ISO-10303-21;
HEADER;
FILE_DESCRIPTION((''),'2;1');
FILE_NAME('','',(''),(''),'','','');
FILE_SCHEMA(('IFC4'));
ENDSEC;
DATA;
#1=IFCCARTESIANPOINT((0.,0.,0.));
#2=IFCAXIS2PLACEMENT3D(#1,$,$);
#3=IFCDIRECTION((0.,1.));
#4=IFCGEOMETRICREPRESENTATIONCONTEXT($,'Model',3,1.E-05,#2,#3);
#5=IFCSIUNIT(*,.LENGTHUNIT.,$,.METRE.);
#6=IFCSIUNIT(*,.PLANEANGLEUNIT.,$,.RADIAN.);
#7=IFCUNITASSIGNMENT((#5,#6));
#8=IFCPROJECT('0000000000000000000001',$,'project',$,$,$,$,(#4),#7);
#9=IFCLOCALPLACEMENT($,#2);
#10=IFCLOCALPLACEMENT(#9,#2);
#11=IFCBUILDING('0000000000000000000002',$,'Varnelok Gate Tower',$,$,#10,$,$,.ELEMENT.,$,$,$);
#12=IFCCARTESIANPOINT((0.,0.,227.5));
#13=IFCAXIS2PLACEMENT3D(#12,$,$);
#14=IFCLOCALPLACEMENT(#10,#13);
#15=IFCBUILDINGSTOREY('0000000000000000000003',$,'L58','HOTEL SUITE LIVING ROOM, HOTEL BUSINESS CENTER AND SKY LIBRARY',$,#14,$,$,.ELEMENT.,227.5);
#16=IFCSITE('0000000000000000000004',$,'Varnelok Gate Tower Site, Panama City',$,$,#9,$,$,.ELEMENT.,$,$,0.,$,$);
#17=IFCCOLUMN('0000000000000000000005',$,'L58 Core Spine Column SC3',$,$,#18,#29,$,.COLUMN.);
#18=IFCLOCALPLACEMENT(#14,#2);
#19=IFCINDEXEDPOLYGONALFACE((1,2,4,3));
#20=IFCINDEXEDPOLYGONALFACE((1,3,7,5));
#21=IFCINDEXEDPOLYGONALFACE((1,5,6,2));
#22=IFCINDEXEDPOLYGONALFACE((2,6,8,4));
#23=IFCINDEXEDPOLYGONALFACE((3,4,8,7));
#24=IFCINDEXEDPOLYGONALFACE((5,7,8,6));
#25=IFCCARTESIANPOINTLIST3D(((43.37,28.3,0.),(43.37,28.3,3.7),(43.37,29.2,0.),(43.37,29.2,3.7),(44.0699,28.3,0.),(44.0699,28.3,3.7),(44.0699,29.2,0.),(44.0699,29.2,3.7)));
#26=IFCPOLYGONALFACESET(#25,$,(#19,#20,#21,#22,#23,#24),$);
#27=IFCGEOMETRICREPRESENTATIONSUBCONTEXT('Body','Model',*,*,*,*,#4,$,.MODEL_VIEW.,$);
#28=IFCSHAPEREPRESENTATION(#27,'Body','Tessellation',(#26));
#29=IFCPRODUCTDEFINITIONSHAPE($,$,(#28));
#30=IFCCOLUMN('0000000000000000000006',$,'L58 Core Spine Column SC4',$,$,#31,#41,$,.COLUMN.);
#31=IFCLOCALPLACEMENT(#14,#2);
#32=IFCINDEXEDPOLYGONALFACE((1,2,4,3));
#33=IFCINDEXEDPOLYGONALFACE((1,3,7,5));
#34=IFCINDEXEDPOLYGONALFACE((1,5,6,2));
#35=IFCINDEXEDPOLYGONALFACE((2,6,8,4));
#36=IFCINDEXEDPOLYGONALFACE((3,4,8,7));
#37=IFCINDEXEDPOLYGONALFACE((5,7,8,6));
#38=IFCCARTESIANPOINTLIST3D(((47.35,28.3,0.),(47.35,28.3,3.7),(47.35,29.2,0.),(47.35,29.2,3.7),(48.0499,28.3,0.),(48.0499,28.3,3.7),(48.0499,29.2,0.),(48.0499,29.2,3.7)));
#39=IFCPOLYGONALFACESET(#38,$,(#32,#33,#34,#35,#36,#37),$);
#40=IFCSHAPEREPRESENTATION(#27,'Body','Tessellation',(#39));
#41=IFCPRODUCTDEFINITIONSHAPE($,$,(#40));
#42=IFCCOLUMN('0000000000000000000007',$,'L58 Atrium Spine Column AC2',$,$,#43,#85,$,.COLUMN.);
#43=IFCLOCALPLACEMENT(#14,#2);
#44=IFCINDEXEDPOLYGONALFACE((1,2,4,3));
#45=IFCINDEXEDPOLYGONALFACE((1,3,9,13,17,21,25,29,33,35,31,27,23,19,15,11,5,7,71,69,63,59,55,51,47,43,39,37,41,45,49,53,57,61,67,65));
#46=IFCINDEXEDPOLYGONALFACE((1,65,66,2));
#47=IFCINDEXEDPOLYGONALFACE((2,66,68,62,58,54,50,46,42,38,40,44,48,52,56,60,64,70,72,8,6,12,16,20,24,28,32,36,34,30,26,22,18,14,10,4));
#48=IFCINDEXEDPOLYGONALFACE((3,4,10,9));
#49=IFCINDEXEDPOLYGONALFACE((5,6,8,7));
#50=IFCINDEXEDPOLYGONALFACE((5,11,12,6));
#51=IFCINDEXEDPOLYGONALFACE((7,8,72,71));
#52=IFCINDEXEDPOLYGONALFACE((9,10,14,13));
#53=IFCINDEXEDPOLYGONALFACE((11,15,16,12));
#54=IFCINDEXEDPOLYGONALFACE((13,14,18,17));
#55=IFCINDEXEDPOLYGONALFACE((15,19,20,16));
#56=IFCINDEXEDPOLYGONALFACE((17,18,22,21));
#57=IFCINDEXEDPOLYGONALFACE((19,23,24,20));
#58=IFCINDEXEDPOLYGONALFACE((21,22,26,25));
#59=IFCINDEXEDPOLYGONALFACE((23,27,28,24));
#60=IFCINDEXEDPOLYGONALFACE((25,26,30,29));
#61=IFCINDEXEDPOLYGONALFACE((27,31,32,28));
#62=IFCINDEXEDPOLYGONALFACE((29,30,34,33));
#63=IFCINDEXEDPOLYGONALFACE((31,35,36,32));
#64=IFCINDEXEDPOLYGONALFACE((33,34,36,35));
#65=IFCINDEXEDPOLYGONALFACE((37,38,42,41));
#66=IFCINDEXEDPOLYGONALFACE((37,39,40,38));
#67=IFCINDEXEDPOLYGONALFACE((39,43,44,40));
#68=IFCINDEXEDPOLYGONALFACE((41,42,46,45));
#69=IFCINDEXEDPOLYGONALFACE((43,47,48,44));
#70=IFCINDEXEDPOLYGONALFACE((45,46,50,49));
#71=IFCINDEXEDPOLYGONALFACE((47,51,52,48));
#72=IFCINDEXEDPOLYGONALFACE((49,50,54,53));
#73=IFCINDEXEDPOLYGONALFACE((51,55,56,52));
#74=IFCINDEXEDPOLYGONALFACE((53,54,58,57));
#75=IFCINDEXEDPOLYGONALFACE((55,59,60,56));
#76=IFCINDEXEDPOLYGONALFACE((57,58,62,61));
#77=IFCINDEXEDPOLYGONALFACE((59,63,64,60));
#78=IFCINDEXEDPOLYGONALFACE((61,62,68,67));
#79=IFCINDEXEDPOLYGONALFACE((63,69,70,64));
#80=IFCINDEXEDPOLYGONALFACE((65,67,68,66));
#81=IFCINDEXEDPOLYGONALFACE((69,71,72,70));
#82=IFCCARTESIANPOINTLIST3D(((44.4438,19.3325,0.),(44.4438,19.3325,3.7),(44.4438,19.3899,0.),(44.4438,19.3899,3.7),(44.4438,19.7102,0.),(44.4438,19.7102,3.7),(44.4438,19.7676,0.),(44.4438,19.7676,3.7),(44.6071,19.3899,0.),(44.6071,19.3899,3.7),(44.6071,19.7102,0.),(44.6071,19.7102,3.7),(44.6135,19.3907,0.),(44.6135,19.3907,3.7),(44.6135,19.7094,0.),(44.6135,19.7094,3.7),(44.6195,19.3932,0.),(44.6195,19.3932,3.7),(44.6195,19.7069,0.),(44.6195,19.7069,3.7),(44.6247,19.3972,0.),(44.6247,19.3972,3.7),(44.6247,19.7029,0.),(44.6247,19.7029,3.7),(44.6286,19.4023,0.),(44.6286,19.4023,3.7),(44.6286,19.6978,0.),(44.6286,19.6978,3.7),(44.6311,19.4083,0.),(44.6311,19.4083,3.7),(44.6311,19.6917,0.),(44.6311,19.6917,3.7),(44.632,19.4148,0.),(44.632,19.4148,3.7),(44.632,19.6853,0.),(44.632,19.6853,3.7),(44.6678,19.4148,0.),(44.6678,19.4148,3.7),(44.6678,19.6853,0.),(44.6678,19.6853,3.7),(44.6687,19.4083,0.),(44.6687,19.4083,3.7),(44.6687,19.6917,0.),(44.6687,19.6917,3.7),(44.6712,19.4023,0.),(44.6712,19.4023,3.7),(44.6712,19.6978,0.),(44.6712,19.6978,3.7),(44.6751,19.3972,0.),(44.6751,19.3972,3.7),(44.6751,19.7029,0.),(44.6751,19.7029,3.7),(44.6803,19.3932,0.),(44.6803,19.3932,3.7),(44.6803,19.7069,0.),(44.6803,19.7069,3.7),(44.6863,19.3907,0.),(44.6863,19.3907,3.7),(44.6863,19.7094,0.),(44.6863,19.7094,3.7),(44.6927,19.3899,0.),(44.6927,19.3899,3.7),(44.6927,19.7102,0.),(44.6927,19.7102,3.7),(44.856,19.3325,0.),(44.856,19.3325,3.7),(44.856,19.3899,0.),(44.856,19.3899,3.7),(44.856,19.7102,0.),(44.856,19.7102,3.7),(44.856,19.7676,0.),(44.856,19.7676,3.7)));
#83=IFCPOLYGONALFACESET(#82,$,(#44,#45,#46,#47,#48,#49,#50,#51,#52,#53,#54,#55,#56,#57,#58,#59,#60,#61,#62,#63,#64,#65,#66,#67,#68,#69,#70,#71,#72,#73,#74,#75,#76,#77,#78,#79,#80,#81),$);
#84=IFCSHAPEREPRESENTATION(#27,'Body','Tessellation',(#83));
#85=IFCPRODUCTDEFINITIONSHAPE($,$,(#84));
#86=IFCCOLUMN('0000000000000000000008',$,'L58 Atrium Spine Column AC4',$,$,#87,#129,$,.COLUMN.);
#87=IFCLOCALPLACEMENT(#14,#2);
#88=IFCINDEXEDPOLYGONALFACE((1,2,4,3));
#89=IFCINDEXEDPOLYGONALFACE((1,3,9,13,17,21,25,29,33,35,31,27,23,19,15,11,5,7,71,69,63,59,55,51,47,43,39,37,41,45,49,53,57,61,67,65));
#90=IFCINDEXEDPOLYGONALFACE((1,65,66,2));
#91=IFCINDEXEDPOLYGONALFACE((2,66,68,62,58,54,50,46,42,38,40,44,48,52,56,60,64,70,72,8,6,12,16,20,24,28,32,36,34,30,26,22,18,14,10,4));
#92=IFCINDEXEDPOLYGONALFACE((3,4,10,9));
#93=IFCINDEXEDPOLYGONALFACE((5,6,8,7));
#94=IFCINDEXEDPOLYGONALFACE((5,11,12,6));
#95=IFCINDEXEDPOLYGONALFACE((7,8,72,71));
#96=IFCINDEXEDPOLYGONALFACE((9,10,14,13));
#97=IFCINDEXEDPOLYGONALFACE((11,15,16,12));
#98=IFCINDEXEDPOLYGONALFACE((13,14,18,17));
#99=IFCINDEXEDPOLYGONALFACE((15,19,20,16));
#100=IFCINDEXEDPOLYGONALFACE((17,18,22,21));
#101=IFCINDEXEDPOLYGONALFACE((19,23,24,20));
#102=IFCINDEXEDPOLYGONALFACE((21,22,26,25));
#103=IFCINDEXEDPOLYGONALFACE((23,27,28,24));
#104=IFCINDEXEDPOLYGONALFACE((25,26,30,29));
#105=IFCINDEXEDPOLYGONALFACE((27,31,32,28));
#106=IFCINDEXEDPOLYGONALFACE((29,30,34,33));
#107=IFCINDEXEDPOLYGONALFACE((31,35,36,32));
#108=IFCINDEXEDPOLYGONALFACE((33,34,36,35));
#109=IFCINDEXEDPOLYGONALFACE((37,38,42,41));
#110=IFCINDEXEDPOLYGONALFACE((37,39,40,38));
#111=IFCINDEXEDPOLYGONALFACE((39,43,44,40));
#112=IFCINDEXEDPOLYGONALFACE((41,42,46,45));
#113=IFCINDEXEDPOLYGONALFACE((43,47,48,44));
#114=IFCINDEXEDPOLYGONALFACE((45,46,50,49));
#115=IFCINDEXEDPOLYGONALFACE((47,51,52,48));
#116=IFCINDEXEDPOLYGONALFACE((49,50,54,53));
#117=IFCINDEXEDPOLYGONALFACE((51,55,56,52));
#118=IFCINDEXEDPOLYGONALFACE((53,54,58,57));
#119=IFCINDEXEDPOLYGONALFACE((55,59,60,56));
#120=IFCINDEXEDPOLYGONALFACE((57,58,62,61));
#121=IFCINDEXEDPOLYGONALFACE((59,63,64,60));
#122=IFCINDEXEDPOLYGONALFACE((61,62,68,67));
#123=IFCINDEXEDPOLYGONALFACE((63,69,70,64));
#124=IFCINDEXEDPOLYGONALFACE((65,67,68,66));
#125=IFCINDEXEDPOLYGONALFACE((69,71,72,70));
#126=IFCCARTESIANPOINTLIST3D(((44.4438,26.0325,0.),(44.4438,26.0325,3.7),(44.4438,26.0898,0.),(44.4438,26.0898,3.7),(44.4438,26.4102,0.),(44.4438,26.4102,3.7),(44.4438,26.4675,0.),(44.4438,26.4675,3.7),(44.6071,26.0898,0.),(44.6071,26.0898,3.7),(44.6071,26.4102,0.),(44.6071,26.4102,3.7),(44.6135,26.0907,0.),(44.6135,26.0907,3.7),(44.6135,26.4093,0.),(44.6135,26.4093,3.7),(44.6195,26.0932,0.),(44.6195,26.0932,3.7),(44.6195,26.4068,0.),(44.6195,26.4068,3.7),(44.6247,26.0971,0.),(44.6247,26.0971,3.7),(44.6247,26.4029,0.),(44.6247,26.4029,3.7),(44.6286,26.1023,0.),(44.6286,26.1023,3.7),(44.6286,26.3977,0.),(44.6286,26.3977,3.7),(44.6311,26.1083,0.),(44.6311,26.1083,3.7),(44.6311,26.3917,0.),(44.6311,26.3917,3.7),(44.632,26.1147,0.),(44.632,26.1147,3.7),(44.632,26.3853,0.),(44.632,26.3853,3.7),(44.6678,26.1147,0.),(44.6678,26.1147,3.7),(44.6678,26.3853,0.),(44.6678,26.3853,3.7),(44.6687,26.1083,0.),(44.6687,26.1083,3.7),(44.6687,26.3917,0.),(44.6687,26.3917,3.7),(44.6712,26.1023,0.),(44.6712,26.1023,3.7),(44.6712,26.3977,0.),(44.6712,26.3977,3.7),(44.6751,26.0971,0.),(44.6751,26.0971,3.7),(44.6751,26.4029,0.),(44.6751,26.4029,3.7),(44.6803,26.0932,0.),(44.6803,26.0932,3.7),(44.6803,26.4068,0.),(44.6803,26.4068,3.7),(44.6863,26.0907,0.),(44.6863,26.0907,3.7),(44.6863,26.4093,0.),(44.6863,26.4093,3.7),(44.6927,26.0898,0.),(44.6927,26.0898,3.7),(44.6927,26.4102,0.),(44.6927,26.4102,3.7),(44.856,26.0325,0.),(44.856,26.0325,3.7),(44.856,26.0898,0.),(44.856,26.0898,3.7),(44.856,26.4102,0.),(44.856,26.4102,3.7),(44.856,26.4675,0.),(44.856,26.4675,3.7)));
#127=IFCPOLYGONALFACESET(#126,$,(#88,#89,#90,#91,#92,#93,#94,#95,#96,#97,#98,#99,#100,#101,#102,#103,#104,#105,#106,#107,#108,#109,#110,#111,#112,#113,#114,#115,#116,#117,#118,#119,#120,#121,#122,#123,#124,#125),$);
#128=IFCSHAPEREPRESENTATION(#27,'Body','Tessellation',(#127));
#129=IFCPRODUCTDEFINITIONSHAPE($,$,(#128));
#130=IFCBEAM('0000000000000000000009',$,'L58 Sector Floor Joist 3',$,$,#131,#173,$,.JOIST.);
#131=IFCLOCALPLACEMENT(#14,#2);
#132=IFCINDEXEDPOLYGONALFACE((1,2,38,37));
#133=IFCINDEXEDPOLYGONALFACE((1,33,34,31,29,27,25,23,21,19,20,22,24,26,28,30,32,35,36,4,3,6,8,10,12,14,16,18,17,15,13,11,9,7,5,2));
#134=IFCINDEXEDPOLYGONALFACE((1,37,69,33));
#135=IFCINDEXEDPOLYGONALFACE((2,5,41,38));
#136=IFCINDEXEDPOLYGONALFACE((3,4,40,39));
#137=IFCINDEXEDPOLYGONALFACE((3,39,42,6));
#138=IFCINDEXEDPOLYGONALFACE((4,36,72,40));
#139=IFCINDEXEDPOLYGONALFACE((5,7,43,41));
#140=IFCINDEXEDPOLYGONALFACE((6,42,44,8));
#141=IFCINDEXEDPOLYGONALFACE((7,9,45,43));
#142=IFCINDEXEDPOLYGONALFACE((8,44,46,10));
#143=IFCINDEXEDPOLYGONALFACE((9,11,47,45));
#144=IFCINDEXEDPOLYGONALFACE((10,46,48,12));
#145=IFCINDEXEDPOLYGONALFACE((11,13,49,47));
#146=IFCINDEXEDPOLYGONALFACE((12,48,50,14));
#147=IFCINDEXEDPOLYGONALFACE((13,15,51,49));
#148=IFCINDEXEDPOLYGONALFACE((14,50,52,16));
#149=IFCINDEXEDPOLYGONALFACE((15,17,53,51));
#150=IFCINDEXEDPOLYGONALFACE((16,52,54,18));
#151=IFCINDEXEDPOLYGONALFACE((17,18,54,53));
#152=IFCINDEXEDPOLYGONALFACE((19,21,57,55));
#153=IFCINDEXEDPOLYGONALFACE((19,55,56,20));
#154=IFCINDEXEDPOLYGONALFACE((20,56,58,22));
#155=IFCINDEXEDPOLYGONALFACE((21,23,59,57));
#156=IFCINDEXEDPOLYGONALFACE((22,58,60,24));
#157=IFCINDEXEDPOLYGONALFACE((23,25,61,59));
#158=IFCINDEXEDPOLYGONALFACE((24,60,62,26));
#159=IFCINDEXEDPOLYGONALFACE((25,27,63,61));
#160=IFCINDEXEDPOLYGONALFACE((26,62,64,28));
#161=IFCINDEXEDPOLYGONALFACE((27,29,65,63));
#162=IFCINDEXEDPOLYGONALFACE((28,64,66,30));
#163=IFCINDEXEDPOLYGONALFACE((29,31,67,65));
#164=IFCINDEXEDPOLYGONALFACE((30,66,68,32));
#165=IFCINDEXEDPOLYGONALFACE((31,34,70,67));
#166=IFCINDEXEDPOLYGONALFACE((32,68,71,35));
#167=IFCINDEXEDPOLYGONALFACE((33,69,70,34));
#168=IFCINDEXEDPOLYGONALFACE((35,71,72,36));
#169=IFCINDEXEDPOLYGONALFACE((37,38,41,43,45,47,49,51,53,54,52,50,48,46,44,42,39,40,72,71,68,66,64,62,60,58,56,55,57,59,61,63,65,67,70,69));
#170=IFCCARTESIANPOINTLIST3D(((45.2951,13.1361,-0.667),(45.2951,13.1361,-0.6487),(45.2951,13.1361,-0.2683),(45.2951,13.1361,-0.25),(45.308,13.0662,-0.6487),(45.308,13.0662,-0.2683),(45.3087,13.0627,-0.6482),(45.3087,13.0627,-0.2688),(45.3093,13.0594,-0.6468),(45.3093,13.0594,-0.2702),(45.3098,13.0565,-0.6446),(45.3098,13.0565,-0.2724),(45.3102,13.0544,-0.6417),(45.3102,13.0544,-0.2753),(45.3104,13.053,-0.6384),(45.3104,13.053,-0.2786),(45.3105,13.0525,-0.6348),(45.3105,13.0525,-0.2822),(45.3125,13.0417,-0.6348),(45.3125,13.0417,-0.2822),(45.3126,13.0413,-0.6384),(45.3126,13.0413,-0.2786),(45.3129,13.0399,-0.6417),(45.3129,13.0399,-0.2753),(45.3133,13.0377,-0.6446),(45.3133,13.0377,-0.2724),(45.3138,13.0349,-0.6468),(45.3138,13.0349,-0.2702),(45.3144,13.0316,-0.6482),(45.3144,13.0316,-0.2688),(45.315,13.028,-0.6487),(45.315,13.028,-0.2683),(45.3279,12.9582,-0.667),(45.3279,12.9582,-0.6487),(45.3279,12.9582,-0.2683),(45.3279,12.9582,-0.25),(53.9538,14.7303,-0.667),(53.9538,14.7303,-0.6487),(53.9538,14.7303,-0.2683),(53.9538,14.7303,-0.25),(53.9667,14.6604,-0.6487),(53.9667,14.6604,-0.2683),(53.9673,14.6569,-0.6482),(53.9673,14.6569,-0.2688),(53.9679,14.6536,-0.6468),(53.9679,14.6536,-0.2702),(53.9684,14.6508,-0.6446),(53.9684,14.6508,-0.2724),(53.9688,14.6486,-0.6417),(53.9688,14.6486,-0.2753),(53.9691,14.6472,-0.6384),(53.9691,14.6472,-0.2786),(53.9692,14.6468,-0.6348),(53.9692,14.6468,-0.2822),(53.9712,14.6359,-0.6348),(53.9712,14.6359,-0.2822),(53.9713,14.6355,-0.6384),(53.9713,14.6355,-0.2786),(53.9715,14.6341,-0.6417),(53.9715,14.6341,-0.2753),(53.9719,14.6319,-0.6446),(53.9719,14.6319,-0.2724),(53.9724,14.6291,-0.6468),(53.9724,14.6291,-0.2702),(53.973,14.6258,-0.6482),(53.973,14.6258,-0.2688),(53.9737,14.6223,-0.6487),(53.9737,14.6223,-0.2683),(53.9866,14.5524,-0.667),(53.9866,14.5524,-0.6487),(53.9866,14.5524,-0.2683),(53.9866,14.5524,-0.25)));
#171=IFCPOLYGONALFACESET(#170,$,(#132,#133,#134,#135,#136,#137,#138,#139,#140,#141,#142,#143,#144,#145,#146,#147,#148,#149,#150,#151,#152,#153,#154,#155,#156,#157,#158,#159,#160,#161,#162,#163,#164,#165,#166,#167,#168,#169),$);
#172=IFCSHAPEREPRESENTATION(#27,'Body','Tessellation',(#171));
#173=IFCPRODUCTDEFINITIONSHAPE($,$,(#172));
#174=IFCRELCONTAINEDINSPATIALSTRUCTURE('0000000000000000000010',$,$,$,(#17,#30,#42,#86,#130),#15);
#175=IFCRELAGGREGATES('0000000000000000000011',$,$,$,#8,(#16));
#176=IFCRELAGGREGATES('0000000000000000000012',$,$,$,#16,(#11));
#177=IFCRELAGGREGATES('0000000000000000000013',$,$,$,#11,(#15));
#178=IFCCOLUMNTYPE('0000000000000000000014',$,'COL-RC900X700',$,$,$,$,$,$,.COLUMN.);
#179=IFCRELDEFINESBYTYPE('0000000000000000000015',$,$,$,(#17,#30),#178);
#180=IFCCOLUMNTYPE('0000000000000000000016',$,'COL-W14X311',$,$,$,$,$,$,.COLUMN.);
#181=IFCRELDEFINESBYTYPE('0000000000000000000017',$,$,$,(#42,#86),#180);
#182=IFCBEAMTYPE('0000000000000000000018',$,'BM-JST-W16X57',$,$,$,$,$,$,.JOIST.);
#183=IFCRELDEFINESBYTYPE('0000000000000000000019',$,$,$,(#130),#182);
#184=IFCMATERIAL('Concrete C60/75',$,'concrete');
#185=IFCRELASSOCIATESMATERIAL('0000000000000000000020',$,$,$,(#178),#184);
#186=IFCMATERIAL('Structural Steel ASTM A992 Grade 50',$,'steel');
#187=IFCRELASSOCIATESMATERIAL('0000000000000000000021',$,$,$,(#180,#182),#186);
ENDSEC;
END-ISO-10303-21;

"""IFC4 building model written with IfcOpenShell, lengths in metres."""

from ifc_helpers import new_model, si_unit, direction, frame, origin, origin_2d, place, context, subcontext, project, spatial, rectangle, i_section, extrude, material, material_profile, profile_set, type_object, element, save


model = new_model("IFC4")

# Units and contexts
model_context = context("Model", 3, precision=1e-05, world=origin(), true_north=direction((0.0, 1.0)))
body_context = subcontext(model_context, "Body", "Model", "MODEL_VIEW")
ifc_project = project(units=[si_unit("LENGTHUNIT", "METRE"), si_unit("PLANEANGLEUNIT", "RADIAN")], contexts=[model_context])

# Site, building, storey
site_placement = place(None, origin())
site = spatial("IfcSite", under=ifc_project, at=site_placement, Name="Varnelok Gate Tower Site, Panama City", CompositionType="ELEMENT", RefElevation=0.0)
building_placement = place(site_placement, origin())
building = spatial("IfcBuilding", under=site, at=building_placement, Name="Varnelok Gate Tower", CompositionType="ELEMENT")
storey_placement = place(building_placement, frame((0.0, 0.0, 227.5)))
storey = spatial("IfcBuildingStorey", under=building, at=storey_placement, Name="L58", Description="HOTEL SUITE LIVING ROOM, HOTEL BUSINESS CENTER AND SKY LIBRARY", CompositionType="ELEMENT", Elevation=227.5)

# Columns
ifc_material_1 = material(Name="Concrete C60/75", Category="concrete")
ifc_material_profile_1 = material_profile(ifc_material_1, rectangle(XDim=0.7, YDim=0.8999, at=origin_2d()), Name="RC900X700")
ifc_profile_set_1 = profile_set([ifc_material_profile_1], Name="Concrete C60/75")
column_type_1 = type_object("IfcColumnType", Name="COL-RC900X700", PredefinedType="COLUMN", material=ifc_profile_set_1)
for number, where, z_axis, x_axis, name in (
    (1, (43.72, 28.75, 0.0), (0.0, 0.0, 1.0), (1.0, 0.0, 0.0), "L58 Core Spine Column SC3"),
    (2, (47.7, 28.75, 0.0), (0.0, 0.0, 1.0), (1.0, 0.0, 0.0), "L58 Core Spine Column SC4"),
):
    element("IfcColumn", number, at=place(storey_placement, frame(where, z_axis=z_axis, x_axis=x_axis)), inside=storey, type_object=column_type_1, Name=name, PredefinedType="COLUMN", context=body_context, shape_type="SweptSolid", body=[
        extrude(rectangle(XDim=0.7, YDim=0.8999, at=origin_2d()), origin(), (0.0, 0.0, 1.0), 3.7),
    ])
ifc_material_2 = material(Name="Structural Steel ASTM A992 Grade 50", Category="steel")
ifc_material_profile_2 = material_profile(ifc_material_2, i_section(OverallWidth=0.4121, OverallDepth=0.4351, WebThickness=0.0359, FlangeThickness=0.0574, FilletRadius=0.0249, at=origin_2d()), Name="W14X311")
ifc_profile_set_2 = profile_set([ifc_material_profile_2], Name="Structural Steel ASTM A992 Grade 50")
column_type_2 = type_object("IfcColumnType", Name="COL-W14X311", PredefinedType="COLUMN", material=ifc_profile_set_2)
for number, where, z_axis, x_axis, name in (
    (3, (44.6499, 19.55, 0.0), (0.0, 0.0, 1.0), (1.0, 0.0, 0.0), "L58 Atrium Spine Column AC2"),
    (4, (44.6499, 26.25, 0.0), (0.0, 0.0, 1.0), (1.0, 0.0, 0.0), "L58 Atrium Spine Column AC4"),
):
    element("IfcColumn", number, at=place(storey_placement, frame(where, z_axis=z_axis, x_axis=x_axis)), inside=storey, type_object=column_type_2, Name=name, PredefinedType="COLUMN", context=body_context, shape_type="SweptSolid", body=[
        extrude(i_section(OverallWidth=0.4121, OverallDepth=0.4351, WebThickness=0.0359, FlangeThickness=0.0574, FilletRadius=0.0249, at=origin_2d()), origin(), (0.0, 0.0, 1.0), 3.7),
    ])

# Beam
ifc_material_profile_3 = material_profile(ifc_material_2, i_section(OverallWidth=0.1809, OverallDepth=0.417, WebThickness=0.011, FlangeThickness=0.0183, FilletRadius=0.0139, at=origin_2d()), Name="W16X57")
ifc_profile_set_3 = profile_set([ifc_material_profile_3], Name="Structural Steel ASTM A992 Grade 50")
beam_type_1 = type_object("IfcBeamType", Name="BM-JST-W16X57", PredefinedType="JOIST", material=ifc_profile_set_3)
beam_1_placement = place(storey_placement, frame((45.3115, 13.0471, -0.4585), z_axis=(0.983469, 0.181076, 0.0), x_axis=(-0.181076, 0.983469, 0.0)))
element("IfcBeam", 5, at=beam_1_placement, inside=storey, type_object=beam_type_1, Name="L58 Sector Floor Joist 3", PredefinedType="JOIST", context=body_context, shape_type="SweptSolid", body=[
    extrude(i_section(OverallWidth=0.1809, OverallDepth=0.417, WebThickness=0.011, FlangeThickness=0.0183, FilletRadius=0.0139, at=origin_2d()), origin(), (0.0, 0.0, 1.0), 8.8042),
])

save(model, "model.ifc")
